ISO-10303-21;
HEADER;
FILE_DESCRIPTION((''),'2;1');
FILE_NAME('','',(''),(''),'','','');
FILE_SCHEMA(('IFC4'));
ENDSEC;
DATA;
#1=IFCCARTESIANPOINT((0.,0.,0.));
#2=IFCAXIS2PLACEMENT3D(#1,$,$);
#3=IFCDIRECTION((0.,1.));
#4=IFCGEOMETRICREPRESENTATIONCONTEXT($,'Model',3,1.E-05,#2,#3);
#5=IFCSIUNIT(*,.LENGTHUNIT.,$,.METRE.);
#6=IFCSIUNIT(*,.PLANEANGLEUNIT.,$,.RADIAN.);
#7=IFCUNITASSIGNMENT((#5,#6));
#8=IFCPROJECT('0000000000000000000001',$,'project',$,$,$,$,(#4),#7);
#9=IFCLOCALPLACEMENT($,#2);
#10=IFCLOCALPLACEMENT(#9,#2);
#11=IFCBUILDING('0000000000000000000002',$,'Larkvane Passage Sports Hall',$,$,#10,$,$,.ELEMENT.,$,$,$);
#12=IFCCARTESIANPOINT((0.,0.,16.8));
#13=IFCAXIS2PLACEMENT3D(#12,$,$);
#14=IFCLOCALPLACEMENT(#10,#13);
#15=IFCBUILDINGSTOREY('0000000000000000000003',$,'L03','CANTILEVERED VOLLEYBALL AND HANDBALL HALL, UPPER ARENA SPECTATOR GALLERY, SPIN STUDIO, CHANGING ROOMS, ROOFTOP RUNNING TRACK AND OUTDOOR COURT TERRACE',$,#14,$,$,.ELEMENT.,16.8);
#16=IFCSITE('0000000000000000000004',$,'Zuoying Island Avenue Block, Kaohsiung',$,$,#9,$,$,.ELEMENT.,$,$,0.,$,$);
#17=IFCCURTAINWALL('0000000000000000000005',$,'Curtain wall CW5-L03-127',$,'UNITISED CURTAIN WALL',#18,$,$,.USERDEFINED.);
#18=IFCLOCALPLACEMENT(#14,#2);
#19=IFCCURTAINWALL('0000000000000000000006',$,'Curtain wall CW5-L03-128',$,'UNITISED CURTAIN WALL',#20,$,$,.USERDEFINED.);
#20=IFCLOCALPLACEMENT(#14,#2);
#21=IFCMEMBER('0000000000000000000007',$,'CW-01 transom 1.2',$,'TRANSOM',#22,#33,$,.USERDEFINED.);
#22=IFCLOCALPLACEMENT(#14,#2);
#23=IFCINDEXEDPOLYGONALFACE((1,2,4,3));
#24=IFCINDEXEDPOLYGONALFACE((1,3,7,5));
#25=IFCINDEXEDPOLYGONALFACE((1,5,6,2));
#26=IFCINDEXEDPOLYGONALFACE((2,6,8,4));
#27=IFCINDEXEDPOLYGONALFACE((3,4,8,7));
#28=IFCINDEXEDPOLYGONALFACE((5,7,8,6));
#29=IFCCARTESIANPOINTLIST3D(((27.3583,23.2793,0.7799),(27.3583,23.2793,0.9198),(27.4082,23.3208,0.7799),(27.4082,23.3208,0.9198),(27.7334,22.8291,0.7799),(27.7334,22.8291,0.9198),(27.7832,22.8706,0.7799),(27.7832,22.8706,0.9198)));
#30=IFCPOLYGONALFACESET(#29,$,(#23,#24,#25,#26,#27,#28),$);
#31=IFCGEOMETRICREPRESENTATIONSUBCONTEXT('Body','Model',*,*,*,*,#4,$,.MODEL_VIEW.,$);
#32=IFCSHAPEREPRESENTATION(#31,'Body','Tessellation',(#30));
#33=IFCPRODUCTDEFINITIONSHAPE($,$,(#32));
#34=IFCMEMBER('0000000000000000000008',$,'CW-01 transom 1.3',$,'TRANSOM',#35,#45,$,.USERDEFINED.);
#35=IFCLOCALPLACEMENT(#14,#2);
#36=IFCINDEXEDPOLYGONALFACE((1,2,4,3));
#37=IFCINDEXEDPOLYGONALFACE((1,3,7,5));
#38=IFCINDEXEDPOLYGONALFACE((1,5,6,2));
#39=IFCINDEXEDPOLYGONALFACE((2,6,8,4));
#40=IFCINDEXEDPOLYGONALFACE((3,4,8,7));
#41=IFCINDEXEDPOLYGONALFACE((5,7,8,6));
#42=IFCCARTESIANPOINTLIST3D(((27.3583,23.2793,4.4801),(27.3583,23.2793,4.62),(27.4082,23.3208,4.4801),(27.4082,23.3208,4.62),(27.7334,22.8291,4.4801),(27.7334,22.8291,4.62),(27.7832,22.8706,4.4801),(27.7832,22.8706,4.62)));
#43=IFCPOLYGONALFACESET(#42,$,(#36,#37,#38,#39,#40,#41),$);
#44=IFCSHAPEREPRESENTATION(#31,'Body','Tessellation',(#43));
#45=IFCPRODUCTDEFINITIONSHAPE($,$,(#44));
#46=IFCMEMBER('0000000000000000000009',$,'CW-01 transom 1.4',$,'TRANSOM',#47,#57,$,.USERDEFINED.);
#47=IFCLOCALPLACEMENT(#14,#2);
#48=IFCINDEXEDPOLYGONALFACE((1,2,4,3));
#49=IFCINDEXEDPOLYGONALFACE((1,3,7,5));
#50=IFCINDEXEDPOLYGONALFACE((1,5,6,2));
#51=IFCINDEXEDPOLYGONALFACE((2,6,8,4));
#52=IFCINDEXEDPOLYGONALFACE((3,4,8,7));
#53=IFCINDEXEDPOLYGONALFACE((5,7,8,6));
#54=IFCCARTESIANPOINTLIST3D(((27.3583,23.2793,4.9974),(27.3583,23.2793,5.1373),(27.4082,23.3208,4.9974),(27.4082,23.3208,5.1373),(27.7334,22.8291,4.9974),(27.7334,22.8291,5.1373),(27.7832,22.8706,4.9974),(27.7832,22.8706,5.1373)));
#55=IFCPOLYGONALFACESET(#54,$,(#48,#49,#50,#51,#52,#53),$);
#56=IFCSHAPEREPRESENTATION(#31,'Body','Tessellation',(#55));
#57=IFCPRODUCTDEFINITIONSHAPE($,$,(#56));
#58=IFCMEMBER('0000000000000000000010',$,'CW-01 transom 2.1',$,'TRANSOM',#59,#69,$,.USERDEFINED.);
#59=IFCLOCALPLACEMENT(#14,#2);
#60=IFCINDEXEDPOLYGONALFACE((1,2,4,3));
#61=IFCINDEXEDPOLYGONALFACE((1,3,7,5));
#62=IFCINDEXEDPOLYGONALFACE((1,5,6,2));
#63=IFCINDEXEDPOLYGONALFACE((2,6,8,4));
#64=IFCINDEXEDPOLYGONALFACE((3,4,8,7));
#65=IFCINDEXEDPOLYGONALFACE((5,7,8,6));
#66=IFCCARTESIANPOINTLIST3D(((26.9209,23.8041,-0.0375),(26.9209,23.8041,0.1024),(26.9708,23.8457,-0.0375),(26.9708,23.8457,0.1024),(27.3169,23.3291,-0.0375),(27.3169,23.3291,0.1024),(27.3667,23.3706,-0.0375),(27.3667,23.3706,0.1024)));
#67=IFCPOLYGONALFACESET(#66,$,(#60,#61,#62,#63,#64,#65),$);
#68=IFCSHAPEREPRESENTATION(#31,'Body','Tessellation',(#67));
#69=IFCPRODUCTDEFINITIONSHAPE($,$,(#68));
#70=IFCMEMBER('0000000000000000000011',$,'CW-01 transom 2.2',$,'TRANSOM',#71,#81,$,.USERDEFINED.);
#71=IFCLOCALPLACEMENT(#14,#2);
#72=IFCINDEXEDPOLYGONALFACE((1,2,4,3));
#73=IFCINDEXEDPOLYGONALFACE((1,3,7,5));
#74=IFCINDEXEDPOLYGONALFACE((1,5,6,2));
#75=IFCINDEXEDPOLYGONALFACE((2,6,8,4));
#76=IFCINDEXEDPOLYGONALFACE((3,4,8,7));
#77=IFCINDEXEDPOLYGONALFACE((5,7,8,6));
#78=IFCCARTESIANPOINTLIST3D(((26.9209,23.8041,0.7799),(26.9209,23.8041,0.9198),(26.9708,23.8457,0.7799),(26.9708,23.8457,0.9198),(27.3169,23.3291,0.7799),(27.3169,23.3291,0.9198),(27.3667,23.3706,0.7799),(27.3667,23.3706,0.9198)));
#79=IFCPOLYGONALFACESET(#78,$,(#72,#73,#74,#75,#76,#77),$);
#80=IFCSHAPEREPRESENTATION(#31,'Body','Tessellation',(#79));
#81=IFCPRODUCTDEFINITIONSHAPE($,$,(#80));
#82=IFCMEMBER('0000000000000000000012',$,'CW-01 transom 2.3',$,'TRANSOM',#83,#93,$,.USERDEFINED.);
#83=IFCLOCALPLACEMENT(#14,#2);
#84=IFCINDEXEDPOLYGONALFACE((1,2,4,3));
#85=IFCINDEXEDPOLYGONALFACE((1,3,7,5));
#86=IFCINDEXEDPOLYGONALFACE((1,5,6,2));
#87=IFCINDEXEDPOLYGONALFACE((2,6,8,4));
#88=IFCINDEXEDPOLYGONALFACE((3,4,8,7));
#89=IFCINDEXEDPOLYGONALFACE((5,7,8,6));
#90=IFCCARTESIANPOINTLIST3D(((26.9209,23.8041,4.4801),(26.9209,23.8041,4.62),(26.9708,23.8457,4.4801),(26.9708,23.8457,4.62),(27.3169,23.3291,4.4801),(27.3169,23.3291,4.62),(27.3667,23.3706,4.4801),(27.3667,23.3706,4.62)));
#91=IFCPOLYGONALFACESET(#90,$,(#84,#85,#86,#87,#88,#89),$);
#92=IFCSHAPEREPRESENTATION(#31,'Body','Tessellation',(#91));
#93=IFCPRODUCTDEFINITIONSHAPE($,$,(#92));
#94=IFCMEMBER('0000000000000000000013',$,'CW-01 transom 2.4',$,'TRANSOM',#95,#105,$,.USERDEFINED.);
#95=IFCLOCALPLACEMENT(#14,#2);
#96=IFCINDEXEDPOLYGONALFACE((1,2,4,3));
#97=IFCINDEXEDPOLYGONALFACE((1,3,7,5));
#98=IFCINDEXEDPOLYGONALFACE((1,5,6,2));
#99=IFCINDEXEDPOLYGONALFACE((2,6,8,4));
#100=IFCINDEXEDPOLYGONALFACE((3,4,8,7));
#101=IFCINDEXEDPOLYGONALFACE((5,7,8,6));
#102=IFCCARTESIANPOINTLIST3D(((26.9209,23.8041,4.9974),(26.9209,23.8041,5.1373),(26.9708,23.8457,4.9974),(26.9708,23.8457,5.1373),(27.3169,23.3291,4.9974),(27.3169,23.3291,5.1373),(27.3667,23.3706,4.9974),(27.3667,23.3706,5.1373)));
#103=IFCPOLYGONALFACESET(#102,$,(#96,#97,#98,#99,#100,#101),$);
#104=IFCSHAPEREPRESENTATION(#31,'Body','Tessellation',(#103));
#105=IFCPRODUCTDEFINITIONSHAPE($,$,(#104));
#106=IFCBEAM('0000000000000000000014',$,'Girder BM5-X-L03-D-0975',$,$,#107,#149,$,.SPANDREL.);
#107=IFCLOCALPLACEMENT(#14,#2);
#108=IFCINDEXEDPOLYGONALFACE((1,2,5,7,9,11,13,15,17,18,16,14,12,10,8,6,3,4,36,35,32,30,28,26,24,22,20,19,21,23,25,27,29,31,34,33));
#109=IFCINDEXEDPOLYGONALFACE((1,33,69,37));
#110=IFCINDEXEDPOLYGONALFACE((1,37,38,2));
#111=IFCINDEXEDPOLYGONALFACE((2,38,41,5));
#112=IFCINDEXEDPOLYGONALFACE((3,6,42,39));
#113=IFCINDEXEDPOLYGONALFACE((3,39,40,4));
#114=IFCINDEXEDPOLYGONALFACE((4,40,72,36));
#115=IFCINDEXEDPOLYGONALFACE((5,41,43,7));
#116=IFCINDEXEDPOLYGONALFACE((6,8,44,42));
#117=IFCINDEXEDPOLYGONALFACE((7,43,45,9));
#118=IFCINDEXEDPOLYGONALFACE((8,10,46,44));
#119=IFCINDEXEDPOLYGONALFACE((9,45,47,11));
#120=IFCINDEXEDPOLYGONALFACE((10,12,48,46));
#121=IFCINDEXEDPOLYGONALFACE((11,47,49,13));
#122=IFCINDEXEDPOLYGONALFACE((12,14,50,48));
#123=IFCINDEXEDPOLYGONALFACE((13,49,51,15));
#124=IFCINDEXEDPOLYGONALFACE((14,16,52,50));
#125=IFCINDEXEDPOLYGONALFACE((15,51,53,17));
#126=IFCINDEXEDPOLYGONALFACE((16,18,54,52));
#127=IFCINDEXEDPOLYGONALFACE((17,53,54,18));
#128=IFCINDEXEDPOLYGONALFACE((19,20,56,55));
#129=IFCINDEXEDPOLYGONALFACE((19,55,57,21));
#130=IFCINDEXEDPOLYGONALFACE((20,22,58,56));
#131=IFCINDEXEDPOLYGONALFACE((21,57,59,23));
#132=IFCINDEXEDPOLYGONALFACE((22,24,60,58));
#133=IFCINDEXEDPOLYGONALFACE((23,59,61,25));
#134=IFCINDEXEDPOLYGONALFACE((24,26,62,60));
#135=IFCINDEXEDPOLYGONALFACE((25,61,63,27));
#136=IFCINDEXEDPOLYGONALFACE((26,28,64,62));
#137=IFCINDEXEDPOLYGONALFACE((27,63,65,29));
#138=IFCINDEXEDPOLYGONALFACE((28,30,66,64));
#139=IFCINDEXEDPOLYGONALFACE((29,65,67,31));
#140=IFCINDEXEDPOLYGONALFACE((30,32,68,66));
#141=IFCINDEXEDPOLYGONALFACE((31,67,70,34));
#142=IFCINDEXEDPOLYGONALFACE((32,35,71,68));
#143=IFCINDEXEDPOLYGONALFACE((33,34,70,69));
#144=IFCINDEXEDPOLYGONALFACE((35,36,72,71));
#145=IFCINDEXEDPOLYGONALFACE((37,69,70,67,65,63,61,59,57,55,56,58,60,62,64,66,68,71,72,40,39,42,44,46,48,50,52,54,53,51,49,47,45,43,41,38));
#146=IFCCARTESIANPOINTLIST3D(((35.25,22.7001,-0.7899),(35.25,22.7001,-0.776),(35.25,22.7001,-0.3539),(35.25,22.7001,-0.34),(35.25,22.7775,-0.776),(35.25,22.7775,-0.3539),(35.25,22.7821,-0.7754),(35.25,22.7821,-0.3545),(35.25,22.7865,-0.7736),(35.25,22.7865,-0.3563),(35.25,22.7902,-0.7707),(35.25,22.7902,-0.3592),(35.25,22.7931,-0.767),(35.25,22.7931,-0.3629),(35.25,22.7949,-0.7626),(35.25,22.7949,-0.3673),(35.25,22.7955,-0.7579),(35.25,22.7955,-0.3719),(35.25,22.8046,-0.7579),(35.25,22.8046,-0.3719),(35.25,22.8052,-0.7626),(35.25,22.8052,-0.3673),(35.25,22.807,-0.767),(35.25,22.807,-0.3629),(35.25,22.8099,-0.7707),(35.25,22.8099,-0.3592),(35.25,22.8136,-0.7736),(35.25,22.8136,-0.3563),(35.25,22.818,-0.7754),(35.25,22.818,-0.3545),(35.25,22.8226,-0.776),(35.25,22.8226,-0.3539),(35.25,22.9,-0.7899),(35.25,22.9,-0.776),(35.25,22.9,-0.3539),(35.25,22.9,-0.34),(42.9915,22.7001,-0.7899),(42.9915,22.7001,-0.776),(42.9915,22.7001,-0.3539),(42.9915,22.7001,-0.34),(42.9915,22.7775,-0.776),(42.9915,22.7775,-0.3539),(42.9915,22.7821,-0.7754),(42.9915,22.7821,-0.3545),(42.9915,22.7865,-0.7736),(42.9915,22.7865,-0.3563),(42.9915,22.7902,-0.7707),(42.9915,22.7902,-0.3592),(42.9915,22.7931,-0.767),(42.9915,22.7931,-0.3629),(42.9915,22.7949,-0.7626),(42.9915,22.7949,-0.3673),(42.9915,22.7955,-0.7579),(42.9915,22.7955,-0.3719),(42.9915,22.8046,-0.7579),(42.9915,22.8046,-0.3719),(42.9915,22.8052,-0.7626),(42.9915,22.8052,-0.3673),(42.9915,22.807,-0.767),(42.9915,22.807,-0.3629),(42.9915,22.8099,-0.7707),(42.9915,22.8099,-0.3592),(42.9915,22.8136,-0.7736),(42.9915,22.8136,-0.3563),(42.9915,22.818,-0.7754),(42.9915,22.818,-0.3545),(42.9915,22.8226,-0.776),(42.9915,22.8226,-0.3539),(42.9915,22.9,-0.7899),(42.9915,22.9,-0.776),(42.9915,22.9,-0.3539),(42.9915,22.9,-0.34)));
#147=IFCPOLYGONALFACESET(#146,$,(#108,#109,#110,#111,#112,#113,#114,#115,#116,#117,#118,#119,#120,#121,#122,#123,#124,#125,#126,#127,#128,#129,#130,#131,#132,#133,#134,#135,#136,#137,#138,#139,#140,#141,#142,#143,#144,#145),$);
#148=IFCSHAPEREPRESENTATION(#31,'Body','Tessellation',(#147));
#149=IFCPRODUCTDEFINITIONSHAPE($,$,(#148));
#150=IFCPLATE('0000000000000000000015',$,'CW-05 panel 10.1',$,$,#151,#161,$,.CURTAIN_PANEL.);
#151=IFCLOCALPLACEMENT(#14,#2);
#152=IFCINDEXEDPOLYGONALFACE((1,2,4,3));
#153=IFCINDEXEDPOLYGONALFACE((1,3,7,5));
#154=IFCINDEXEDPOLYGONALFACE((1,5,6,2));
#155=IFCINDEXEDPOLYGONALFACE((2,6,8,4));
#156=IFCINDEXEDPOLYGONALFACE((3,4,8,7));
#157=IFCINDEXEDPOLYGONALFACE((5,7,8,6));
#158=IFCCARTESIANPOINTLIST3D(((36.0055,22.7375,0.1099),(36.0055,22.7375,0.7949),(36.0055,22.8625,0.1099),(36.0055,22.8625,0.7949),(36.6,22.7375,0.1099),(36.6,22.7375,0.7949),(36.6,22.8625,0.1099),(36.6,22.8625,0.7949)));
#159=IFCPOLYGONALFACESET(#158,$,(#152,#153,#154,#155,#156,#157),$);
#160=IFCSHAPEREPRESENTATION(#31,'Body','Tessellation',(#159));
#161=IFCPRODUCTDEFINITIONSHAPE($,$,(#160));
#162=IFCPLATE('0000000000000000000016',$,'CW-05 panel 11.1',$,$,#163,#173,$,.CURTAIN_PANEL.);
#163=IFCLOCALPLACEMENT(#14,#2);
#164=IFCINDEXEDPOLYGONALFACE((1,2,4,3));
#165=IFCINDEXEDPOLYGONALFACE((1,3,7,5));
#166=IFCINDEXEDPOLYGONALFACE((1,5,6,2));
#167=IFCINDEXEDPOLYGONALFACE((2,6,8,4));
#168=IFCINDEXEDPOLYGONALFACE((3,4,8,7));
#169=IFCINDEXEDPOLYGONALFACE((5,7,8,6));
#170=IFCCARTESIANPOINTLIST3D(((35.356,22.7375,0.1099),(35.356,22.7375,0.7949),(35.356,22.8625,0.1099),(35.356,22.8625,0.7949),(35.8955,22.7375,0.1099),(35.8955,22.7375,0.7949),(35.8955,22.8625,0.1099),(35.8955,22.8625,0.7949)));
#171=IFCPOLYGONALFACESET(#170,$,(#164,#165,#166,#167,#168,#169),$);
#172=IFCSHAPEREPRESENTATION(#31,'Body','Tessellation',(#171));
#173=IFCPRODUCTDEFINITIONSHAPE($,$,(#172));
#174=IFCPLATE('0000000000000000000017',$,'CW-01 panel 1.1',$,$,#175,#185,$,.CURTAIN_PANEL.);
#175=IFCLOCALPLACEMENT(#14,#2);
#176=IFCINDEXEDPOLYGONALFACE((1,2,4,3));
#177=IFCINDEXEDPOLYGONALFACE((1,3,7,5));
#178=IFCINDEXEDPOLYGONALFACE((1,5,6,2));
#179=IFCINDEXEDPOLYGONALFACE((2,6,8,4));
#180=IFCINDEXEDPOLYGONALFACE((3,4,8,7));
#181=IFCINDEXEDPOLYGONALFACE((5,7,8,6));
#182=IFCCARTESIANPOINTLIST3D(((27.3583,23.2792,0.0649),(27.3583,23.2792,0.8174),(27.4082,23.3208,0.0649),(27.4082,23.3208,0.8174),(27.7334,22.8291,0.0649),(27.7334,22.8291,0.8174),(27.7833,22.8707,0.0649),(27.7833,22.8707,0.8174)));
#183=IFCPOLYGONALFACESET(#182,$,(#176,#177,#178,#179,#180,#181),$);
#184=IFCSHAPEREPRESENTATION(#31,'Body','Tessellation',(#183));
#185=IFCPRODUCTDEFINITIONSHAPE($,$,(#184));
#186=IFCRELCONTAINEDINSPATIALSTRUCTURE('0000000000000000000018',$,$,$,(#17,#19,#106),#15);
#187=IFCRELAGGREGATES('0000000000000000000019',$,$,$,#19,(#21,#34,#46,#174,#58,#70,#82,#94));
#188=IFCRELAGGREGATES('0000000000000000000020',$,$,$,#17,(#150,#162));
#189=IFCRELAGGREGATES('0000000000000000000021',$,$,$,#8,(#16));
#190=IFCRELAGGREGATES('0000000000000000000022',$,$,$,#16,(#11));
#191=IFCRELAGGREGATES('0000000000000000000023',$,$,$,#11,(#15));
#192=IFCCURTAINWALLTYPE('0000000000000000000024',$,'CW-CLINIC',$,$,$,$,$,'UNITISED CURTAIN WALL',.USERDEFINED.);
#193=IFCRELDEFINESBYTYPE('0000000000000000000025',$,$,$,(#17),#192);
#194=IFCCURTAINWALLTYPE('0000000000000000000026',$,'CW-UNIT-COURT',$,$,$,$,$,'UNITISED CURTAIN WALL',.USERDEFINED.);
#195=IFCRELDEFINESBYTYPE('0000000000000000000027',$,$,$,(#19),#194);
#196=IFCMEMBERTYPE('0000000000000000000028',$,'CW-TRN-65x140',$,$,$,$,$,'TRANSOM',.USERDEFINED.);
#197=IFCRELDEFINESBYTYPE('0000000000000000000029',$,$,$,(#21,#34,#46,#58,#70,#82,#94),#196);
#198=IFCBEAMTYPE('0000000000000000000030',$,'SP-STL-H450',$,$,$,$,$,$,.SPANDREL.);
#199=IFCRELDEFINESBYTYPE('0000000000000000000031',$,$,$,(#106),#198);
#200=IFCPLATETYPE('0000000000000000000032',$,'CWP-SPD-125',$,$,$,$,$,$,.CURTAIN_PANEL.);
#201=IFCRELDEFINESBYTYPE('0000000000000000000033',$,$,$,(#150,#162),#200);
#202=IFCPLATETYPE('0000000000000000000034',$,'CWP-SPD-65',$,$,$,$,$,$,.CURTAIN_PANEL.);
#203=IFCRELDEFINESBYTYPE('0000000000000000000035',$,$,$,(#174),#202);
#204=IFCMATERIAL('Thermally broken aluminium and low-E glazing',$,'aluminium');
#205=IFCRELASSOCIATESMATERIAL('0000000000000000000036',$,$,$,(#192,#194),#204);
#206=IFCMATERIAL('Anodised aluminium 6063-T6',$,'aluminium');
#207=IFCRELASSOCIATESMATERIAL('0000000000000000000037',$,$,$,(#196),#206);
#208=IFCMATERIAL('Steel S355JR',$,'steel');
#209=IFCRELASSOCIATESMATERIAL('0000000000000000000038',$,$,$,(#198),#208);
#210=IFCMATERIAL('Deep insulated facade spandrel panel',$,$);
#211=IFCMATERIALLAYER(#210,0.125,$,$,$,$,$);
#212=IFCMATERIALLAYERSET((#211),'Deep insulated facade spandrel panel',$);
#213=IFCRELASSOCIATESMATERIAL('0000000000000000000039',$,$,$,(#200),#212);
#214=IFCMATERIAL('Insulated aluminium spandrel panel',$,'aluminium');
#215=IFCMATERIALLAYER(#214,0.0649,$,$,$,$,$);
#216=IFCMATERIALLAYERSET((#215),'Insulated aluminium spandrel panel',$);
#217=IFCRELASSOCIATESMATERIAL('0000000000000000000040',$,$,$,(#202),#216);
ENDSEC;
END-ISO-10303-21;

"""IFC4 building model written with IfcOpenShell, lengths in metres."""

from ifc_helpers import new_model, si_unit, direction, frame, origin, origin_2d, place, context, subcontext, project, spatial, rectangle, i_section, extrude, material, layer, layer_set, material_profile, profile_set, type_object, element, aggregate, save


model = new_model("IFC4")

# Units and contexts
model_context = context("Model", 3, precision=1e-05, world=origin(), true_north=direction((0.0, 1.0)))
body_context = subcontext(model_context, "Body", "Model", "MODEL_VIEW")
ifc_project = project(units=[si_unit("LENGTHUNIT", "METRE"), si_unit("PLANEANGLEUNIT", "RADIAN")], contexts=[model_context])

# Site, building, storey
site_placement = place(None, origin())
site = spatial("IfcSite", under=ifc_project, at=site_placement, Name="Zuoying Island Avenue Block, Kaohsiung", CompositionType="ELEMENT", RefElevation=0.0)
building_placement = place(site_placement, origin())
building = spatial("IfcBuilding", under=site, at=building_placement, Name="Larkvane Passage Sports Hall", CompositionType="ELEMENT")
storey_placement = place(building_placement, frame((0.0, 0.0, 16.8)))
storey = spatial("IfcBuildingStorey", under=building, at=storey_placement, Name="L03", Description="CANTILEVERED VOLLEYBALL AND HANDBALL HALL, UPPER ARENA SPECTATOR GALLERY, SPIN STUDIO, CHANGING ROOMS, ROOFTOP RUNNING TRACK AND OUTDOOR COURT TERRACE", CompositionType="ELEMENT", Elevation=16.8)

# Curtain walls
ifc_material_1 = material(Name="Thermally broken aluminium and low-E glazing", Category="aluminium")
curtain_wall_type_1 = type_object("IfcCurtainWallType", Name="CW-CLINIC", ElementType="UNITISED CURTAIN WALL", PredefinedType="USERDEFINED", material=ifc_material_1)
curtain_wall_1_placement = place(storey_placement, origin())
curtain_wall_1 = element("IfcCurtainWall", 1, at=curtain_wall_1_placement, inside=storey, type_object=curtain_wall_type_1, Name="Curtain wall CW5-L03-127", ObjectType="UNITISED CURTAIN WALL", PredefinedType="USERDEFINED")
ifc_material_2 = material(Name="Anodised aluminium 6063-T6", Category="aluminium")
curtain_wall_type_2 = type_object("IfcCurtainWallType", Name="CW-UNIT-COURT", ElementType="UNITISED CURTAIN WALL", PredefinedType="USERDEFINED", material=ifc_material_1)
curtain_wall_2_placement = place(storey_placement, origin())
curtain_wall_2 = element("IfcCurtainWall", 2, at=curtain_wall_2_placement, inside=storey, type_object=curtain_wall_type_2, Name="Curtain wall CW5-L03-128", ObjectType="UNITISED CURTAIN WALL", PredefinedType="USERDEFINED")

# Members
ifc_material_profile_1 = material_profile(ifc_material_2, rectangle(XDim=0.0649, YDim=0.1399, at=origin_2d()), Name="ALU-TRN-65x140")
ifc_profile_set_1 = profile_set([ifc_material_profile_1], Name="Anodised aluminium 6063-T6")
member_type_1 = type_object("IfcMemberType", Name="CW-TRN-65x140", ElementType="TRANSOM", PredefinedType="USERDEFINED", material=ifc_profile_set_1)
member_1_placement = place(storey_placement, frame((27.7583, 22.8499, 0.8499), z_axis=(-0.64002, 0.768358, 0.0), x_axis=(-0.768358, -0.64002, 0.0)))
member_1 = element("IfcMember", 3, at=member_1_placement, type_object=member_type_1, Name="CW-01 transom 1.2", ObjectType="TRANSOM", PredefinedType="USERDEFINED", context=body_context, shape_type="SweptSolid", body=[
    extrude(rectangle(XDim=0.0649, YDim=0.1399, at=origin_2d()), origin(), (0.0, 0.0, 1.0), 0.5859),
])
member_2_placement = place(storey_placement, frame((27.7583, 22.8499, 4.55), z_axis=(-0.64002, 0.768358, 0.0), x_axis=(-0.768358, -0.64002, 0.0)))
member_2 = element("IfcMember", 4, at=member_2_placement, type_object=member_type_1, Name="CW-01 transom 1.3", ObjectType="TRANSOM", PredefinedType="USERDEFINED", context=body_context, shape_type="SweptSolid", body=[
    extrude(rectangle(XDim=0.0649, YDim=0.1399, at=origin_2d()), origin(), (0.0, 0.0, 1.0), 0.5859),
])
member_3_placement = place(storey_placement, frame((27.7583, 22.8499, 5.0674), z_axis=(-0.64002, 0.768358, 0.0), x_axis=(-0.768358, -0.64002, 0.0)))
member_3 = element("IfcMember", 5, at=member_3_placement, type_object=member_type_1, Name="CW-01 transom 1.4", ObjectType="TRANSOM", PredefinedType="USERDEFINED", context=body_context, shape_type="SweptSolid", body=[
    extrude(rectangle(XDim=0.0649, YDim=0.1399, at=origin_2d()), origin(), (0.0, 0.0, 1.0), 0.5859),
])
member_4_placement = place(storey_placement, frame((27.3418, 23.3499, 0.0325), z_axis=(-0.640262, 0.768157, 0.0), x_axis=(-0.768157, -0.640262, 0.0)))
member_4 = element("IfcMember", 6, at=member_4_placement, type_object=member_type_1, Name="CW-01 transom 2.1", ObjectType="TRANSOM", PredefinedType="USERDEFINED", context=body_context, shape_type="SweptSolid", body=[
    extrude(rectangle(XDim=0.0649, YDim=0.1399, at=origin_2d()), origin(), (0.0, 0.0, 1.0), 0.6184),
])
member_5_placement = place(storey_placement, frame((27.3418, 23.3499, 0.8499), z_axis=(-0.640262, 0.768157, 0.0), x_axis=(-0.768157, -0.640262, 0.0)))
member_5 = element("IfcMember", 7, at=member_5_placement, type_object=member_type_1, Name="CW-01 transom 2.2", ObjectType="TRANSOM", PredefinedType="USERDEFINED", context=body_context, shape_type="SweptSolid", body=[
    extrude(rectangle(XDim=0.0649, YDim=0.1399, at=origin_2d()), origin(), (0.0, 0.0, 1.0), 0.6184),
])
member_6_placement = place(storey_placement, frame((27.3418, 23.3499, 4.55), z_axis=(-0.640262, 0.768157, 0.0), x_axis=(-0.768157, -0.640262, 0.0)))
member_6 = element("IfcMember", 8, at=member_6_placement, type_object=member_type_1, Name="CW-01 transom 2.3", ObjectType="TRANSOM", PredefinedType="USERDEFINED", context=body_context, shape_type="SweptSolid", body=[
    extrude(rectangle(XDim=0.0649, YDim=0.1399, at=origin_2d()), origin(), (0.0, 0.0, 1.0), 0.6184),
])
member_7_placement = place(storey_placement, frame((27.3418, 23.3499, 5.0674), z_axis=(-0.640262, 0.768157, 0.0), x_axis=(-0.768157, -0.640262, 0.0)))
member_7 = element("IfcMember", 9, at=member_7_placement, type_object=member_type_1, Name="CW-01 transom 2.4", ObjectType="TRANSOM", PredefinedType="USERDEFINED", context=body_context, shape_type="SweptSolid", body=[
    extrude(rectangle(XDim=0.0649, YDim=0.1399, at=origin_2d()), origin(), (0.0, 0.0, 1.0), 0.6184),
])

# Beam
ifc_material_3 = material(Name="Steel S355JR", Category="steel")
ifc_material_profile_2 = material_profile(ifc_material_3, i_section(OverallWidth=0.2, OverallDepth=0.45, WebThickness=0.009, FlangeThickness=0.0139, FilletRadius=0.0181, at=origin_2d()), Name="H-450x200x9x14")
ifc_profile_set_2 = profile_set([ifc_material_profile_2], Name="Steel S355JR")
beam_type = type_object("IfcBeamType", Name="SP-STL-H450", PredefinedType="SPANDREL", material=ifc_profile_set_2)
beam_placement = place(storey_placement, frame((35.25, 22.8, -0.5649), z_axis=(1.0, 0.0, 0.0), x_axis=(0.0, 1.0, 0.0)))
element("IfcBeam", 10, at=beam_placement, inside=storey, type_object=beam_type, Name="Girder BM5-X-L03-D-0975", PredefinedType="SPANDREL", context=body_context, shape_type="SweptSolid", body=[
    extrude(i_section(OverallWidth=0.2, OverallDepth=0.45, WebThickness=0.009, FlangeThickness=0.0139, FilletRadius=0.0181, at=origin_2d()), origin(), (0.0, 0.0, 1.0), 7.7415),
])

# Plates
ifc_material_4 = material(Name="Deep insulated facade spandrel panel")
ifc_layer_1 = layer(ifc_material_4, 0.125)
ifc_layer_set_1 = layer_set([ifc_layer_1], Name="Deep insulated facade spandrel panel")
plate_type_1 = type_object("IfcPlateType", Name="CWP-SPD-125", PredefinedType="CURTAIN_PANEL", material=ifc_layer_set_1)
plate_1_placement = place(storey_placement, frame((36.3027, 22.8, 0.1099), z_axis=(0.0, 0.0, 1.0), x_axis=(-1.0, 0.0, 0.0)))
plate_1 = element("IfcPlate", 11, at=plate_1_placement, type_object=plate_type_1, Name="CW-05 panel 10.1", PredefinedType="CURTAIN_PANEL", context=body_context, shape_type="SweptSolid", body=[
    extrude(rectangle(XDim=0.5945, YDim=0.125, at=origin_2d()), origin(), (0.0, 0.0, 1.0), 0.6851),
])
plate_2_placement = place(storey_placement, frame((35.6257, 22.8, 0.1099), z_axis=(0.0, 0.0, 1.0), x_axis=(-1.0, 0.0, 0.0)))
plate_2 = element("IfcPlate", 12, at=plate_2_placement, type_object=plate_type_1, Name="CW-05 panel 11.1", PredefinedType="CURTAIN_PANEL", context=body_context, shape_type="SweptSolid", body=[
    extrude(rectangle(XDim=0.5396, YDim=0.125, at=origin_2d()), origin(), (0.0, 0.0, 1.0), 0.6851),
])
ifc_material_5 = material(Name="Insulated aluminium spandrel panel", Category="aluminium")
ifc_layer_2 = layer(ifc_material_5, 0.0649)
ifc_layer_set_2 = layer_set([ifc_layer_2], Name="Insulated aluminium spandrel panel")
plate_type_2 = type_object("IfcPlateType", Name="CWP-SPD-65", PredefinedType="CURTAIN_PANEL", material=ifc_layer_set_2)
plate_3_placement = place(storey_placement, frame((27.5708, 23.075, 0.0649), z_axis=(0.0, 0.0, 1.0), x_axis=(-0.640184, 0.768221, 0.0)))
plate_3 = element("IfcPlate", 13, at=plate_3_placement, type_object=plate_type_2, Name="CW-01 panel 1.1", PredefinedType="CURTAIN_PANEL", context=body_context, shape_type="SweptSolid", body=[
    extrude(rectangle(XDim=0.5859, YDim=0.0649, at=origin_2d()), origin(), (0.0, 0.0, 1.0), 0.7524),
])
aggregate(curtain_wall_2, [member_1, member_2, member_3, plate_3, member_4, member_5, member_6, member_7])
aggregate(curtain_wall_1, [plate_1, plate_2])

save(model, "model.ifc")
